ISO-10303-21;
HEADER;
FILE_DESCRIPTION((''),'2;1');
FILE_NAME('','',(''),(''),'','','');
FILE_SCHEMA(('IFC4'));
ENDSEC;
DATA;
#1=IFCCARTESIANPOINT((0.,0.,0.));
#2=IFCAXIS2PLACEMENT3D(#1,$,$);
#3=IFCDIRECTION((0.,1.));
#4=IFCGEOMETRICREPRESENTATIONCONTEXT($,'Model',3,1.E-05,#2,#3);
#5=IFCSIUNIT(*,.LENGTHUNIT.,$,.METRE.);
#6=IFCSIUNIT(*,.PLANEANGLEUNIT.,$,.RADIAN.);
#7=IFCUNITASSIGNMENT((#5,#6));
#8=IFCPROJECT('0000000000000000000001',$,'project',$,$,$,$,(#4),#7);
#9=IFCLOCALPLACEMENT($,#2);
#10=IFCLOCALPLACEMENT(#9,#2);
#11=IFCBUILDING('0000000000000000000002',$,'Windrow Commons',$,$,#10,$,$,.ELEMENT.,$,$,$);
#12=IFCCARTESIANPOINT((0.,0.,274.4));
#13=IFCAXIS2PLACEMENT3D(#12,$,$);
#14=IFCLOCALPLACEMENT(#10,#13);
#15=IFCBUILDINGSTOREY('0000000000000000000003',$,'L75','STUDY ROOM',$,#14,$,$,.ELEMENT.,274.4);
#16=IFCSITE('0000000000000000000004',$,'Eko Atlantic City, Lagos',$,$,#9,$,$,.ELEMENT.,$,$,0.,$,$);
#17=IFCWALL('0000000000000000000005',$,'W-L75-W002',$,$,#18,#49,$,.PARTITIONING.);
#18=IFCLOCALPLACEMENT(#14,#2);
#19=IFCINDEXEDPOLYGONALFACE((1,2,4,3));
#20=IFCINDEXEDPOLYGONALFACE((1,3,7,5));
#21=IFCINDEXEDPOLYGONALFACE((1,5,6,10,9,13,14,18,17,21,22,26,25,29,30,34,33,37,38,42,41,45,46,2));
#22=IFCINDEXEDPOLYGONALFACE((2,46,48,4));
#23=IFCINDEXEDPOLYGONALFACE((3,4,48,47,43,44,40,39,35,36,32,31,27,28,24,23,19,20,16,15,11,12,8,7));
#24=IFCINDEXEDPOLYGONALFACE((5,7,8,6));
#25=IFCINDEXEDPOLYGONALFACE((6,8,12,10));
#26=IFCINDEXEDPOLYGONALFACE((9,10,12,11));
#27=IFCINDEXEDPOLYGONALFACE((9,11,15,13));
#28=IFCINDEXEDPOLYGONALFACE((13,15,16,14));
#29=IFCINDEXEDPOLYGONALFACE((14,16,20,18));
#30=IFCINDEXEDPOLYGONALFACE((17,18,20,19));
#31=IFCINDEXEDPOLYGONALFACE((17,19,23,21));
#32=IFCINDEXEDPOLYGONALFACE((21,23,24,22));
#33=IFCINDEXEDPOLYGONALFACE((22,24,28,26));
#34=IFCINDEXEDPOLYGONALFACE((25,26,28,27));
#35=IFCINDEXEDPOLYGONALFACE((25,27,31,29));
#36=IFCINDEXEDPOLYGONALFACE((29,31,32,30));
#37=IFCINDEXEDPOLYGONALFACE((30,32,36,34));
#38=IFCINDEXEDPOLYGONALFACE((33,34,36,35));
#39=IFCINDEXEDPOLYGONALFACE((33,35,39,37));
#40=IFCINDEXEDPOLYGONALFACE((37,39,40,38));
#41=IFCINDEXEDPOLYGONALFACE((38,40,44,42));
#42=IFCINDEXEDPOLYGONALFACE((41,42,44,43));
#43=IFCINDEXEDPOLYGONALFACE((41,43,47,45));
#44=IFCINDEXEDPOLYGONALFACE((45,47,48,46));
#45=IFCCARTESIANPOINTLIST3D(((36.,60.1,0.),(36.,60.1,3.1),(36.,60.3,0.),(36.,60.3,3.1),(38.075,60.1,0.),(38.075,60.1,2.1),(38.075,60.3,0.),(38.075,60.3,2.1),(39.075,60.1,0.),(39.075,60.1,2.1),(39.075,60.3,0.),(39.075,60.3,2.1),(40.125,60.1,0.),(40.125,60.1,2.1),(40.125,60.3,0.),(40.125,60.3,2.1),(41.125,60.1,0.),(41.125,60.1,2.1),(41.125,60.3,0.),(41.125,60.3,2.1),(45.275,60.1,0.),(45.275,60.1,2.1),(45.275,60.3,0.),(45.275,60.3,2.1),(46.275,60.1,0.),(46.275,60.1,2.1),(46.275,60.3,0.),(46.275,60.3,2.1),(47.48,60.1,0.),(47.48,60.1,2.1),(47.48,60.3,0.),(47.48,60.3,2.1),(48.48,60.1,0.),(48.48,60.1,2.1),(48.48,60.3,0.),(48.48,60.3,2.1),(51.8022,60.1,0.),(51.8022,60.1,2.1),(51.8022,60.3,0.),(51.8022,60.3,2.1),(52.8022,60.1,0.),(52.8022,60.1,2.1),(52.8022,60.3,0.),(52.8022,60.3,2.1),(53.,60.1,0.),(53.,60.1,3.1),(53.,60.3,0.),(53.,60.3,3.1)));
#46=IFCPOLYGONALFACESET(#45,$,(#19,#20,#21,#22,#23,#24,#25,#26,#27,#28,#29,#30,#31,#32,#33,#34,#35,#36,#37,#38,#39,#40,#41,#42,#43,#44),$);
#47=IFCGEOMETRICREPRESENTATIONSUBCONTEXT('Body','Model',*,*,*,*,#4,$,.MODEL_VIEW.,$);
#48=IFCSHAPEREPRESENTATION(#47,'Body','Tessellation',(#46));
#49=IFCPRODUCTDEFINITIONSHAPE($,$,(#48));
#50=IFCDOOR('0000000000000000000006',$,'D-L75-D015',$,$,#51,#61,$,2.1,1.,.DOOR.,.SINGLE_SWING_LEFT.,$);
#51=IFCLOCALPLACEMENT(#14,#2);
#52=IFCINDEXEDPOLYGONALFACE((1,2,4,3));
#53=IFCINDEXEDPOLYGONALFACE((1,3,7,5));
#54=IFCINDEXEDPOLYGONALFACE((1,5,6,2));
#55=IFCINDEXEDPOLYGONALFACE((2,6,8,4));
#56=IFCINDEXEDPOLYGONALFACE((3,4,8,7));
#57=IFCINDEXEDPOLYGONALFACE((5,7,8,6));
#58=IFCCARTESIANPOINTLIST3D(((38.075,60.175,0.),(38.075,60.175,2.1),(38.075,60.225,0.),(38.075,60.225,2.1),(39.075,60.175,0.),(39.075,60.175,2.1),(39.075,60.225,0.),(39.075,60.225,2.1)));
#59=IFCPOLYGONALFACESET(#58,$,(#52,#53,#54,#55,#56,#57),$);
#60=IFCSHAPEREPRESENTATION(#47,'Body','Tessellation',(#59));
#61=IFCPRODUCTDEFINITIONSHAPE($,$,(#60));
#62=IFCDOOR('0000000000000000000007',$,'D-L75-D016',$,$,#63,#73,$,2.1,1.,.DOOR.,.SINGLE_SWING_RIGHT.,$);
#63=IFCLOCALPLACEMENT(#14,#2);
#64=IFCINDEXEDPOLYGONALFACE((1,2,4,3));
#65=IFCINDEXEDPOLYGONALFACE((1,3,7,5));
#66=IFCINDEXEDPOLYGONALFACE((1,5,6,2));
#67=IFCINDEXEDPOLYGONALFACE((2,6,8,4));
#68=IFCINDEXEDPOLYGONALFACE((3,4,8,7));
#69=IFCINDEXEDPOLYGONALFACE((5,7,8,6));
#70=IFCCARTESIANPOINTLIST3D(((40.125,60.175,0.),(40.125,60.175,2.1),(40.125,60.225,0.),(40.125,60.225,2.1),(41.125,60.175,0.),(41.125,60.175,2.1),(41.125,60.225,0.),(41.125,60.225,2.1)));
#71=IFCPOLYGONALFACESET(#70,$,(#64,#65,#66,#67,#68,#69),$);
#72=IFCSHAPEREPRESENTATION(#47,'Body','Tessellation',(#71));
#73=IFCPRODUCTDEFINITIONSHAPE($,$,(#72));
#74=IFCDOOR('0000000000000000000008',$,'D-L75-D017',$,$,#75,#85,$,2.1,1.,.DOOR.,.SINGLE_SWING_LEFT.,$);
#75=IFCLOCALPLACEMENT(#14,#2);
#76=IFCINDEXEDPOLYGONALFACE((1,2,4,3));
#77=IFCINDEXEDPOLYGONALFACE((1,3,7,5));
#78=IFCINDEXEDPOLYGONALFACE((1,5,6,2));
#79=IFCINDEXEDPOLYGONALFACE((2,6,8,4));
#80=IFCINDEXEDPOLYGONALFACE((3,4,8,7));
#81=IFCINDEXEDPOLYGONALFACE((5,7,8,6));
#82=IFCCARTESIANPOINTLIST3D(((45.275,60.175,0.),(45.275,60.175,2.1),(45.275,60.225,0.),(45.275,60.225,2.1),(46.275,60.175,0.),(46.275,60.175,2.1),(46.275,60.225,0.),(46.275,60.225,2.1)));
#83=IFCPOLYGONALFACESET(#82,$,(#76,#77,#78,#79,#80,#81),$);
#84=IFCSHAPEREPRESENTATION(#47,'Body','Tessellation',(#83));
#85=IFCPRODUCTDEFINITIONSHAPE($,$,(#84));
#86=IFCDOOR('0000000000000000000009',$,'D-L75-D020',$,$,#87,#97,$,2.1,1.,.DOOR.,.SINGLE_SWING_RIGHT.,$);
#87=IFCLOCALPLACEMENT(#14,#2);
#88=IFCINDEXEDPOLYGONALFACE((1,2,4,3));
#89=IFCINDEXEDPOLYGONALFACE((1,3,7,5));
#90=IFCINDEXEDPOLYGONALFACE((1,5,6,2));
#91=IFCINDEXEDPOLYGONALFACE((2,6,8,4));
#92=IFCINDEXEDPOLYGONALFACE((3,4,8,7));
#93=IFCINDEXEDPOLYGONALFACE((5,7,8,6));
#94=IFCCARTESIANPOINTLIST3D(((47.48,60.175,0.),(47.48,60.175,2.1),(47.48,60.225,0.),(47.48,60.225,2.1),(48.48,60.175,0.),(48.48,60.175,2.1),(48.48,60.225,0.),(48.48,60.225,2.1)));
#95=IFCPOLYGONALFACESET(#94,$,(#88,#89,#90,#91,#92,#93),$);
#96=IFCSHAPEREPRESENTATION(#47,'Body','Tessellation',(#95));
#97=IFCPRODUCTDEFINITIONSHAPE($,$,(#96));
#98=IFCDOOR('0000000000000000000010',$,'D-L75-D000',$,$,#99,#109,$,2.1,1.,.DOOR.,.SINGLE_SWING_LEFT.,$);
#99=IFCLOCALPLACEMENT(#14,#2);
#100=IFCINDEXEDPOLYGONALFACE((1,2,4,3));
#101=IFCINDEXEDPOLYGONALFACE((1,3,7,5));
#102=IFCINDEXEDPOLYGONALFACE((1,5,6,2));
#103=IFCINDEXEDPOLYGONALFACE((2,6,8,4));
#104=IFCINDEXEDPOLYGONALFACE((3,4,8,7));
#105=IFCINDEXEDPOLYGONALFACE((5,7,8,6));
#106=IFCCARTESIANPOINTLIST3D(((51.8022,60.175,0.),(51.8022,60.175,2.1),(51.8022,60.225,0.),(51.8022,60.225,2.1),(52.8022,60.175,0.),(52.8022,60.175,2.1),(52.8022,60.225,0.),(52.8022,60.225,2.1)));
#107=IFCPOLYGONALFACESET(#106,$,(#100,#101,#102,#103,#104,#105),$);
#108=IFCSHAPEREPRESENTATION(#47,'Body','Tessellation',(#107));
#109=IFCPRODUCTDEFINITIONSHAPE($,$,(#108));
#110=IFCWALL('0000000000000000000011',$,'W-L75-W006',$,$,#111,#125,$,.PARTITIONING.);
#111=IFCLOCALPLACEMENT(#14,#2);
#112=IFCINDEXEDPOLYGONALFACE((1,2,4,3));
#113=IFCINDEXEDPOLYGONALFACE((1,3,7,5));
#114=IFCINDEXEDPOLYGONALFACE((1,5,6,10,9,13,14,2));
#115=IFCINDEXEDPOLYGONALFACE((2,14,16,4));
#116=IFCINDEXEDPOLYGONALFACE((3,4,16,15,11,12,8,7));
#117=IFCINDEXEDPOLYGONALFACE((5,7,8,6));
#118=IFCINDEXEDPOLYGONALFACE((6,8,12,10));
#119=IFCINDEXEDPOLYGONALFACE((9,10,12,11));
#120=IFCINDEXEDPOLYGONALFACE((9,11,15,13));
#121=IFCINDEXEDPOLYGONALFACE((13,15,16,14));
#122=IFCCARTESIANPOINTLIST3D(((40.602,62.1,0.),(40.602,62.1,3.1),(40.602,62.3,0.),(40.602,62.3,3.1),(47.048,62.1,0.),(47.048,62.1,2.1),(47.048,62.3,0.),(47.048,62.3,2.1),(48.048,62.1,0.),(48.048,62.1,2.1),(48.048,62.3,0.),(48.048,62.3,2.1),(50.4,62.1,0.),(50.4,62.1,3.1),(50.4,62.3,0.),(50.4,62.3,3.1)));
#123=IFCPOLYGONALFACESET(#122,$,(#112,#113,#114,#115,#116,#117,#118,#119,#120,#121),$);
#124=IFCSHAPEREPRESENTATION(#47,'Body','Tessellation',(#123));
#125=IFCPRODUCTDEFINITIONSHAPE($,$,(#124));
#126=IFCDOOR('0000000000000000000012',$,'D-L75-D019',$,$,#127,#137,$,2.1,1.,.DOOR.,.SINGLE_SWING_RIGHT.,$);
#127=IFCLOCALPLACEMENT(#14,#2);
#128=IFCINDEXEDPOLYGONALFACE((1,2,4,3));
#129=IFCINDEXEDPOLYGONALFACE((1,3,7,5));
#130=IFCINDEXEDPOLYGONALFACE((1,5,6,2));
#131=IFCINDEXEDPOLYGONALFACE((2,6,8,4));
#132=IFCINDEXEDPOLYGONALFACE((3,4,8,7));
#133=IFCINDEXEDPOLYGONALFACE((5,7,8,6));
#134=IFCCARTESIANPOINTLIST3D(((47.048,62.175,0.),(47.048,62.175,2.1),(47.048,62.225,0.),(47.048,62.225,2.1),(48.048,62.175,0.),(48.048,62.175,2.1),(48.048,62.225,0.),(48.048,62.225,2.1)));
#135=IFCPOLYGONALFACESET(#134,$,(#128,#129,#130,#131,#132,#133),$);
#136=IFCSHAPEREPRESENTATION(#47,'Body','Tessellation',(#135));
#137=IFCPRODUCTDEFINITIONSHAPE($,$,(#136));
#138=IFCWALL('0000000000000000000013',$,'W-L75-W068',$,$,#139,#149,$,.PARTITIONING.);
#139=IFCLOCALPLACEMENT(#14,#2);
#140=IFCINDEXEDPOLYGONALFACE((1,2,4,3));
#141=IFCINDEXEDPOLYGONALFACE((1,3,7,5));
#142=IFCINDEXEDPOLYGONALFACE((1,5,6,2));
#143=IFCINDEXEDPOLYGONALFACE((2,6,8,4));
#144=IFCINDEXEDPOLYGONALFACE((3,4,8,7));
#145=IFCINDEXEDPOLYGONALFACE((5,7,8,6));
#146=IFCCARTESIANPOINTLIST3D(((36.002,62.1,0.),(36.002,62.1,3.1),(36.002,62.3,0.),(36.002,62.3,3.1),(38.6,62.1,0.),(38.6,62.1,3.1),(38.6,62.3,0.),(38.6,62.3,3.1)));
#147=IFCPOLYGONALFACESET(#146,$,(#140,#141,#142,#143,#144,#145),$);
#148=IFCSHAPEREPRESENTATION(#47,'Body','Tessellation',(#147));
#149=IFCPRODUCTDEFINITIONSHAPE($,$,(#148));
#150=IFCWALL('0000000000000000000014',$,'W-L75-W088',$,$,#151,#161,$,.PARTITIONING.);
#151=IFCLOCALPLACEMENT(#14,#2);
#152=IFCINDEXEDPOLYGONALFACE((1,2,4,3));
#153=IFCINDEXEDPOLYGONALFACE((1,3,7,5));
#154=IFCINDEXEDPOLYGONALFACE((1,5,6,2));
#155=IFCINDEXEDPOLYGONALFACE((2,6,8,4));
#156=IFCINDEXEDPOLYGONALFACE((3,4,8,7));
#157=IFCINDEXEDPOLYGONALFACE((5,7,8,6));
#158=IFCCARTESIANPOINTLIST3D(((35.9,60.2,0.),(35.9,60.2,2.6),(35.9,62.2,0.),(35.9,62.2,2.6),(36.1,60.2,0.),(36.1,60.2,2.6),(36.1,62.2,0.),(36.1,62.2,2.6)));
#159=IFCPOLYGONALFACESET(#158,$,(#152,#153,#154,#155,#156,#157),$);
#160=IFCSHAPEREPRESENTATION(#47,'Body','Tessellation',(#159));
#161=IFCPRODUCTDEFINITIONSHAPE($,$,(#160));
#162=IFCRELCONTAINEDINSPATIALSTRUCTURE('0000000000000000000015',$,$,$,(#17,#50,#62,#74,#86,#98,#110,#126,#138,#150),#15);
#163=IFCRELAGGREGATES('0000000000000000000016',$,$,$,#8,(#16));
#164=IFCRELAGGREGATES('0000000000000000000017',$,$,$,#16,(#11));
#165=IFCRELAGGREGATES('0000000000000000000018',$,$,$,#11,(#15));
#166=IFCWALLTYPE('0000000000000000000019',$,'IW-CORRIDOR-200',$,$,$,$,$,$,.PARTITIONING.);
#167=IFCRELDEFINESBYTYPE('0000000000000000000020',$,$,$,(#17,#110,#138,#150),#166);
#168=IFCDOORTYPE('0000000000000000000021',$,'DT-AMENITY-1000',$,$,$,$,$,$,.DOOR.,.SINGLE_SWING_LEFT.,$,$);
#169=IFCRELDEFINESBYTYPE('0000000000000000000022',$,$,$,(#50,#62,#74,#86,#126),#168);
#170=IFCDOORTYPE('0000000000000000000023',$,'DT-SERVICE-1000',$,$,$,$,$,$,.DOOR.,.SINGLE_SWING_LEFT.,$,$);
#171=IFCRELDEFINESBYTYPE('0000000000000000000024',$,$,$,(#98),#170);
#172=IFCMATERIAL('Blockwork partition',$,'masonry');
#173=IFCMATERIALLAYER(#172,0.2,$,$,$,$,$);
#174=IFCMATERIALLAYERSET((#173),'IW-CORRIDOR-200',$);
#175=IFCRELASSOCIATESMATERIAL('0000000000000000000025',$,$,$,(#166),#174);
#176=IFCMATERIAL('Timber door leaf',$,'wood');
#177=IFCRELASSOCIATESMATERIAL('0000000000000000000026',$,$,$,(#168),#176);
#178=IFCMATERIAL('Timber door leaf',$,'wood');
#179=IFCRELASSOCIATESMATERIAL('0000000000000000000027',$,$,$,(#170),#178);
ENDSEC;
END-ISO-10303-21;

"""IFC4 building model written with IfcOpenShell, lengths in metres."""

from ifc_helpers import new_model, si_unit, direction, frame, frame_2d, origin, place, context, subcontext, project, spatial, rectangle, extrude, material, layer, layer_set, type_object, element, fill, save


model = new_model("IFC4")

# Units and contexts
model_context = context("Model", 3, precision=1e-05, world=origin(), true_north=direction((0.0, 1.0)))
body_context = subcontext(model_context, "Body", "Model", "MODEL_VIEW")
ifc_project = project(units=[si_unit("LENGTHUNIT", "METRE"), si_unit("PLANEANGLEUNIT", "RADIAN")], contexts=[model_context])

# Site, building, storey
site_placement = place(None, origin())
site = spatial("IfcSite", under=ifc_project, at=site_placement, Name="Eko Atlantic City, Lagos", CompositionType="ELEMENT", RefElevation=0.0)
building_placement = place(site_placement, origin())
building = spatial("IfcBuilding", under=site, at=building_placement, Name="Windrow Commons", CompositionType="ELEMENT")
storey_placement = place(building_placement, frame((0.0, 0.0, 274.4)))
storey = spatial("IfcBuildingStorey", under=building, at=storey_placement, Name="L75", Description="STUDY ROOM", CompositionType="ELEMENT", Elevation=274.4)

# Wall, openings, doors
ifc_material_1 = material(Name="Blockwork partition", Category="masonry")
ifc_layer_1 = layer(ifc_material_1, 0.2)
ifc_layer_set_1 = layer_set([ifc_layer_1], Name="IW-CORRIDOR-200")
wall_type_1 = type_object("IfcWallType", Name="IW-CORRIDOR-200", PredefinedType="PARTITIONING", material=ifc_layer_set_1)
wall_1_placement = place(storey_placement, frame((36.0, 60.2, 0.0), z_axis=(0.0, 0.0, 1.0), x_axis=(1.0, 0.0, 0.0)))
wall_1 = element("IfcWall", 1, at=wall_1_placement, inside=storey, type_object=wall_type_1, Name="W-L75-W002", PredefinedType="PARTITIONING", context=body_context, shape_type="SweptSolid", body=[
    extrude(rectangle(XDim=17.0, YDim=0.2, at=frame_2d((8.5, 0.0))), origin(), (0.0, 0.0, 1.0), 3.1),
])
opening_1_placement = place(wall_1_placement, frame((15.8022, 0.0, 0.0)))
opening_1 = element("IfcOpeningElement", 2, at=opening_1_placement, cuts=wall_1, PredefinedType="OPENING", context=body_context, shape_type="SweptSolid", body=[
    extrude(rectangle(XDim=1.0, YDim=2.1, at=frame_2d((0.5, 1.05))), frame((0.0, 0.11, 0.0), z_axis=(0.0, -1.0, 0.0), x_axis=(1.0, 0.0, 0.0)), (0.0, 0.0, 1.0), 0.22),
])
opening_2_placement = place(wall_1_placement, frame((2.075, 0.0, 0.0)))
opening_2 = element("IfcOpeningElement", 3, at=opening_2_placement, cuts=wall_1, PredefinedType="OPENING", context=body_context, shape_type="SweptSolid", body=[
    extrude(rectangle(XDim=1.0, YDim=2.1, at=frame_2d((0.5, 1.05))), frame((0.0, 0.11, 0.0), z_axis=(0.0, -1.0, 0.0), x_axis=(1.0, 0.0, 0.0)), (0.0, 0.0, 1.0), 0.22),
])
opening_3_placement = place(wall_1_placement, frame((4.125, 0.0, 0.0)))
opening_3 = element("IfcOpeningElement", 4, at=opening_3_placement, cuts=wall_1, PredefinedType="OPENING", context=body_context, shape_type="SweptSolid", body=[
    extrude(rectangle(XDim=1.0, YDim=2.1, at=frame_2d((0.5, 1.05))), frame((0.0, 0.11, 0.0), z_axis=(0.0, -1.0, 0.0), x_axis=(1.0, 0.0, 0.0)), (0.0, 0.0, 1.0), 0.22),
])
opening_4_placement = place(wall_1_placement, frame((9.275, 0.0, 0.0)))
opening_4 = element("IfcOpeningElement", 5, at=opening_4_placement, cuts=wall_1, PredefinedType="OPENING", context=body_context, shape_type="SweptSolid", body=[
    extrude(rectangle(XDim=1.0, YDim=2.1, at=frame_2d((0.5, 1.05))), frame((0.0, 0.11, 0.0), z_axis=(0.0, -1.0, 0.0), x_axis=(1.0, 0.0, 0.0)), (0.0, 0.0, 1.0), 0.22),
])
opening_5_placement = place(wall_1_placement, frame((11.48, 0.0, 0.0)))
opening_5 = element("IfcOpeningElement", 6, at=opening_5_placement, cuts=wall_1, PredefinedType="OPENING", context=body_context, shape_type="SweptSolid", body=[
    extrude(rectangle(XDim=1.0, YDim=2.1, at=frame_2d((0.5, 1.05))), frame((0.0, 0.11, 0.0), z_axis=(0.0, -1.0, 0.0), x_axis=(1.0, 0.0, 0.0)), (0.0, 0.0, 1.0), 0.22),
])
ifc_material_2 = material(Name="Timber door leaf", Category="wood")
door_type_1 = type_object("IfcDoorType", Name="DT-AMENITY-1000", OperationType="SINGLE_SWING_LEFT", PredefinedType="DOOR", material=ifc_material_2)
door_1_placement = place(opening_2_placement, origin())
door_1 = element("IfcDoor", 7, at=door_1_placement, inside=storey, type_object=door_type_1, Name="D-L75-D015", OperationType="SINGLE_SWING_LEFT", OverallHeight=2.1, OverallWidth=1.0, PredefinedType="DOOR", context=body_context, shape_type="SweptSolid", body=[
    extrude(rectangle(XDim=1.0, YDim=2.1, at=frame_2d((0.5, 1.05))), frame((0.0, 0.025, 0.0), z_axis=(0.0, -1.0, 0.0), x_axis=(1.0, 0.0, 0.0)), (0.0, 0.0, 1.0), 0.05),
])
fill(opening_2, door_1)
door_2_placement = place(opening_3_placement, origin())
door_2 = element("IfcDoor", 8, at=door_2_placement, inside=storey, type_object=door_type_1, Name="D-L75-D016", OperationType="SINGLE_SWING_RIGHT", OverallHeight=2.1, OverallWidth=1.0, PredefinedType="DOOR", context=body_context, shape_type="SweptSolid", body=[
    extrude(rectangle(XDim=1.0, YDim=2.1, at=frame_2d((0.5, 1.05))), frame((0.0, 0.025, 0.0), z_axis=(0.0, -1.0, 0.0), x_axis=(1.0, 0.0, 0.0)), (0.0, 0.0, 1.0), 0.05),
])
fill(opening_3, door_2)
door_3_placement = place(opening_4_placement, origin())
door_3 = element("IfcDoor", 9, at=door_3_placement, inside=storey, type_object=door_type_1, Name="D-L75-D017", OperationType="SINGLE_SWING_LEFT", OverallHeight=2.1, OverallWidth=1.0, PredefinedType="DOOR", context=body_context, shape_type="SweptSolid", body=[
    extrude(rectangle(XDim=1.0, YDim=2.1, at=frame_2d((0.5, 1.05))), frame((0.0, 0.025, 0.0), z_axis=(0.0, -1.0, 0.0), x_axis=(1.0, 0.0, 0.0)), (0.0, 0.0, 1.0), 0.05),
])
fill(opening_4, door_3)
door_4_placement = place(opening_5_placement, origin())
door_4 = element("IfcDoor", 10, at=door_4_placement, inside=storey, type_object=door_type_1, Name="D-L75-D020", OperationType="SINGLE_SWING_RIGHT", OverallHeight=2.1, OverallWidth=1.0, PredefinedType="DOOR", context=body_context, shape_type="SweptSolid", body=[
    extrude(rectangle(XDim=1.0, YDim=2.1, at=frame_2d((0.5, 1.05))), frame((0.0, 0.025, 0.0), z_axis=(0.0, -1.0, 0.0), x_axis=(1.0, 0.0, 0.0)), (0.0, 0.0, 1.0), 0.05),
])
fill(opening_5, door_4)
ifc_material_3 = material(Name="Timber door leaf", Category="wood")
door_type_2 = type_object("IfcDoorType", Name="DT-SERVICE-1000", OperationType="SINGLE_SWING_LEFT", PredefinedType="DOOR", material=ifc_material_3)
door_5_placement = place(opening_1_placement, origin())
door_5 = element("IfcDoor", 11, at=door_5_placement, inside=storey, type_object=door_type_2, Name="D-L75-D000", OperationType="SINGLE_SWING_LEFT", OverallHeight=2.1, OverallWidth=1.0, PredefinedType="DOOR", context=body_context, shape_type="SweptSolid", body=[
    extrude(rectangle(XDim=1.0, YDim=2.1, at=frame_2d((0.5, 1.05))), frame((0.0, 0.025, 0.0), z_axis=(0.0, -1.0, 0.0), x_axis=(1.0, 0.0, 0.0)), (0.0, 0.0, 1.0), 0.05),
])
fill(opening_1, door_5)

# Wall, opening, door
wall_2_placement = place(storey_placement, frame((40.602, 62.2, 0.0), z_axis=(0.0, 0.0, 1.0), x_axis=(1.0, 0.0, 0.0)))
wall_2 = element("IfcWall", 12, at=wall_2_placement, inside=storey, type_object=wall_type_1, Name="W-L75-W006", PredefinedType="PARTITIONING", context=body_context, shape_type="SweptSolid", body=[
    extrude(rectangle(XDim=9.798, YDim=0.2, at=frame_2d((4.899, 0.0))), origin(), (0.0, 0.0, 1.0), 3.1),
])
opening_6_placement = place(wall_2_placement, frame((6.446, 0.0, 0.0)))
opening_6 = element("IfcOpeningElement", 13, at=opening_6_placement, cuts=wall_2, PredefinedType="OPENING", context=body_context, shape_type="SweptSolid", body=[
    extrude(rectangle(XDim=1.0, YDim=2.1, at=frame_2d((0.5, 1.05))), frame((0.0, 0.11, 0.0), z_axis=(0.0, -1.0, 0.0), x_axis=(1.0, 0.0, 0.0)), (0.0, 0.0, 1.0), 0.22),
])
door_6_placement = place(opening_6_placement, origin())
door_6 = element("IfcDoor", 14, at=door_6_placement, inside=storey, type_object=door_type_1, Name="D-L75-D019", OperationType="SINGLE_SWING_RIGHT", OverallHeight=2.1, OverallWidth=1.0, PredefinedType="DOOR", context=body_context, shape_type="SweptSolid", body=[
    extrude(rectangle(XDim=1.0, YDim=2.1, at=frame_2d((0.5, 1.05))), frame((0.0, 0.025, 0.0), z_axis=(0.0, -1.0, 0.0), x_axis=(1.0, 0.0, 0.0)), (0.0, 0.0, 1.0), 0.05),
])
fill(opening_6, door_6)

# Walls
wall_3_placement = place(storey_placement, frame((36.002, 62.2, 0.0), z_axis=(0.0, 0.0, 1.0), x_axis=(1.0, 0.0, 0.0)))
element("IfcWall", 15, at=wall_3_placement, inside=storey, type_object=wall_type_1, Name="W-L75-W068", PredefinedType="PARTITIONING", context=body_context, shape_type="SweptSolid", body=[
    extrude(rectangle(XDim=2.598, YDim=0.2, at=frame_2d((1.299, 0.0))), origin(), (0.0, 0.0, 1.0), 3.1),
])
wall_4_placement = place(storey_placement, frame((36.0, 60.2, 0.0), z_axis=(0.0, 0.0, 1.0), x_axis=(0.0, 1.0, 0.0)))
element("IfcWall", 16, at=wall_4_placement, inside=storey, type_object=wall_type_1, Name="W-L75-W088", PredefinedType="PARTITIONING", context=body_context, shape_type="SweptSolid", body=[
    extrude(rectangle(XDim=2.0, YDim=0.2, at=frame_2d((1.0, 0.0))), origin(), (0.0, 0.0, 1.0), 2.6),
])

save(model, "model.ifc")
